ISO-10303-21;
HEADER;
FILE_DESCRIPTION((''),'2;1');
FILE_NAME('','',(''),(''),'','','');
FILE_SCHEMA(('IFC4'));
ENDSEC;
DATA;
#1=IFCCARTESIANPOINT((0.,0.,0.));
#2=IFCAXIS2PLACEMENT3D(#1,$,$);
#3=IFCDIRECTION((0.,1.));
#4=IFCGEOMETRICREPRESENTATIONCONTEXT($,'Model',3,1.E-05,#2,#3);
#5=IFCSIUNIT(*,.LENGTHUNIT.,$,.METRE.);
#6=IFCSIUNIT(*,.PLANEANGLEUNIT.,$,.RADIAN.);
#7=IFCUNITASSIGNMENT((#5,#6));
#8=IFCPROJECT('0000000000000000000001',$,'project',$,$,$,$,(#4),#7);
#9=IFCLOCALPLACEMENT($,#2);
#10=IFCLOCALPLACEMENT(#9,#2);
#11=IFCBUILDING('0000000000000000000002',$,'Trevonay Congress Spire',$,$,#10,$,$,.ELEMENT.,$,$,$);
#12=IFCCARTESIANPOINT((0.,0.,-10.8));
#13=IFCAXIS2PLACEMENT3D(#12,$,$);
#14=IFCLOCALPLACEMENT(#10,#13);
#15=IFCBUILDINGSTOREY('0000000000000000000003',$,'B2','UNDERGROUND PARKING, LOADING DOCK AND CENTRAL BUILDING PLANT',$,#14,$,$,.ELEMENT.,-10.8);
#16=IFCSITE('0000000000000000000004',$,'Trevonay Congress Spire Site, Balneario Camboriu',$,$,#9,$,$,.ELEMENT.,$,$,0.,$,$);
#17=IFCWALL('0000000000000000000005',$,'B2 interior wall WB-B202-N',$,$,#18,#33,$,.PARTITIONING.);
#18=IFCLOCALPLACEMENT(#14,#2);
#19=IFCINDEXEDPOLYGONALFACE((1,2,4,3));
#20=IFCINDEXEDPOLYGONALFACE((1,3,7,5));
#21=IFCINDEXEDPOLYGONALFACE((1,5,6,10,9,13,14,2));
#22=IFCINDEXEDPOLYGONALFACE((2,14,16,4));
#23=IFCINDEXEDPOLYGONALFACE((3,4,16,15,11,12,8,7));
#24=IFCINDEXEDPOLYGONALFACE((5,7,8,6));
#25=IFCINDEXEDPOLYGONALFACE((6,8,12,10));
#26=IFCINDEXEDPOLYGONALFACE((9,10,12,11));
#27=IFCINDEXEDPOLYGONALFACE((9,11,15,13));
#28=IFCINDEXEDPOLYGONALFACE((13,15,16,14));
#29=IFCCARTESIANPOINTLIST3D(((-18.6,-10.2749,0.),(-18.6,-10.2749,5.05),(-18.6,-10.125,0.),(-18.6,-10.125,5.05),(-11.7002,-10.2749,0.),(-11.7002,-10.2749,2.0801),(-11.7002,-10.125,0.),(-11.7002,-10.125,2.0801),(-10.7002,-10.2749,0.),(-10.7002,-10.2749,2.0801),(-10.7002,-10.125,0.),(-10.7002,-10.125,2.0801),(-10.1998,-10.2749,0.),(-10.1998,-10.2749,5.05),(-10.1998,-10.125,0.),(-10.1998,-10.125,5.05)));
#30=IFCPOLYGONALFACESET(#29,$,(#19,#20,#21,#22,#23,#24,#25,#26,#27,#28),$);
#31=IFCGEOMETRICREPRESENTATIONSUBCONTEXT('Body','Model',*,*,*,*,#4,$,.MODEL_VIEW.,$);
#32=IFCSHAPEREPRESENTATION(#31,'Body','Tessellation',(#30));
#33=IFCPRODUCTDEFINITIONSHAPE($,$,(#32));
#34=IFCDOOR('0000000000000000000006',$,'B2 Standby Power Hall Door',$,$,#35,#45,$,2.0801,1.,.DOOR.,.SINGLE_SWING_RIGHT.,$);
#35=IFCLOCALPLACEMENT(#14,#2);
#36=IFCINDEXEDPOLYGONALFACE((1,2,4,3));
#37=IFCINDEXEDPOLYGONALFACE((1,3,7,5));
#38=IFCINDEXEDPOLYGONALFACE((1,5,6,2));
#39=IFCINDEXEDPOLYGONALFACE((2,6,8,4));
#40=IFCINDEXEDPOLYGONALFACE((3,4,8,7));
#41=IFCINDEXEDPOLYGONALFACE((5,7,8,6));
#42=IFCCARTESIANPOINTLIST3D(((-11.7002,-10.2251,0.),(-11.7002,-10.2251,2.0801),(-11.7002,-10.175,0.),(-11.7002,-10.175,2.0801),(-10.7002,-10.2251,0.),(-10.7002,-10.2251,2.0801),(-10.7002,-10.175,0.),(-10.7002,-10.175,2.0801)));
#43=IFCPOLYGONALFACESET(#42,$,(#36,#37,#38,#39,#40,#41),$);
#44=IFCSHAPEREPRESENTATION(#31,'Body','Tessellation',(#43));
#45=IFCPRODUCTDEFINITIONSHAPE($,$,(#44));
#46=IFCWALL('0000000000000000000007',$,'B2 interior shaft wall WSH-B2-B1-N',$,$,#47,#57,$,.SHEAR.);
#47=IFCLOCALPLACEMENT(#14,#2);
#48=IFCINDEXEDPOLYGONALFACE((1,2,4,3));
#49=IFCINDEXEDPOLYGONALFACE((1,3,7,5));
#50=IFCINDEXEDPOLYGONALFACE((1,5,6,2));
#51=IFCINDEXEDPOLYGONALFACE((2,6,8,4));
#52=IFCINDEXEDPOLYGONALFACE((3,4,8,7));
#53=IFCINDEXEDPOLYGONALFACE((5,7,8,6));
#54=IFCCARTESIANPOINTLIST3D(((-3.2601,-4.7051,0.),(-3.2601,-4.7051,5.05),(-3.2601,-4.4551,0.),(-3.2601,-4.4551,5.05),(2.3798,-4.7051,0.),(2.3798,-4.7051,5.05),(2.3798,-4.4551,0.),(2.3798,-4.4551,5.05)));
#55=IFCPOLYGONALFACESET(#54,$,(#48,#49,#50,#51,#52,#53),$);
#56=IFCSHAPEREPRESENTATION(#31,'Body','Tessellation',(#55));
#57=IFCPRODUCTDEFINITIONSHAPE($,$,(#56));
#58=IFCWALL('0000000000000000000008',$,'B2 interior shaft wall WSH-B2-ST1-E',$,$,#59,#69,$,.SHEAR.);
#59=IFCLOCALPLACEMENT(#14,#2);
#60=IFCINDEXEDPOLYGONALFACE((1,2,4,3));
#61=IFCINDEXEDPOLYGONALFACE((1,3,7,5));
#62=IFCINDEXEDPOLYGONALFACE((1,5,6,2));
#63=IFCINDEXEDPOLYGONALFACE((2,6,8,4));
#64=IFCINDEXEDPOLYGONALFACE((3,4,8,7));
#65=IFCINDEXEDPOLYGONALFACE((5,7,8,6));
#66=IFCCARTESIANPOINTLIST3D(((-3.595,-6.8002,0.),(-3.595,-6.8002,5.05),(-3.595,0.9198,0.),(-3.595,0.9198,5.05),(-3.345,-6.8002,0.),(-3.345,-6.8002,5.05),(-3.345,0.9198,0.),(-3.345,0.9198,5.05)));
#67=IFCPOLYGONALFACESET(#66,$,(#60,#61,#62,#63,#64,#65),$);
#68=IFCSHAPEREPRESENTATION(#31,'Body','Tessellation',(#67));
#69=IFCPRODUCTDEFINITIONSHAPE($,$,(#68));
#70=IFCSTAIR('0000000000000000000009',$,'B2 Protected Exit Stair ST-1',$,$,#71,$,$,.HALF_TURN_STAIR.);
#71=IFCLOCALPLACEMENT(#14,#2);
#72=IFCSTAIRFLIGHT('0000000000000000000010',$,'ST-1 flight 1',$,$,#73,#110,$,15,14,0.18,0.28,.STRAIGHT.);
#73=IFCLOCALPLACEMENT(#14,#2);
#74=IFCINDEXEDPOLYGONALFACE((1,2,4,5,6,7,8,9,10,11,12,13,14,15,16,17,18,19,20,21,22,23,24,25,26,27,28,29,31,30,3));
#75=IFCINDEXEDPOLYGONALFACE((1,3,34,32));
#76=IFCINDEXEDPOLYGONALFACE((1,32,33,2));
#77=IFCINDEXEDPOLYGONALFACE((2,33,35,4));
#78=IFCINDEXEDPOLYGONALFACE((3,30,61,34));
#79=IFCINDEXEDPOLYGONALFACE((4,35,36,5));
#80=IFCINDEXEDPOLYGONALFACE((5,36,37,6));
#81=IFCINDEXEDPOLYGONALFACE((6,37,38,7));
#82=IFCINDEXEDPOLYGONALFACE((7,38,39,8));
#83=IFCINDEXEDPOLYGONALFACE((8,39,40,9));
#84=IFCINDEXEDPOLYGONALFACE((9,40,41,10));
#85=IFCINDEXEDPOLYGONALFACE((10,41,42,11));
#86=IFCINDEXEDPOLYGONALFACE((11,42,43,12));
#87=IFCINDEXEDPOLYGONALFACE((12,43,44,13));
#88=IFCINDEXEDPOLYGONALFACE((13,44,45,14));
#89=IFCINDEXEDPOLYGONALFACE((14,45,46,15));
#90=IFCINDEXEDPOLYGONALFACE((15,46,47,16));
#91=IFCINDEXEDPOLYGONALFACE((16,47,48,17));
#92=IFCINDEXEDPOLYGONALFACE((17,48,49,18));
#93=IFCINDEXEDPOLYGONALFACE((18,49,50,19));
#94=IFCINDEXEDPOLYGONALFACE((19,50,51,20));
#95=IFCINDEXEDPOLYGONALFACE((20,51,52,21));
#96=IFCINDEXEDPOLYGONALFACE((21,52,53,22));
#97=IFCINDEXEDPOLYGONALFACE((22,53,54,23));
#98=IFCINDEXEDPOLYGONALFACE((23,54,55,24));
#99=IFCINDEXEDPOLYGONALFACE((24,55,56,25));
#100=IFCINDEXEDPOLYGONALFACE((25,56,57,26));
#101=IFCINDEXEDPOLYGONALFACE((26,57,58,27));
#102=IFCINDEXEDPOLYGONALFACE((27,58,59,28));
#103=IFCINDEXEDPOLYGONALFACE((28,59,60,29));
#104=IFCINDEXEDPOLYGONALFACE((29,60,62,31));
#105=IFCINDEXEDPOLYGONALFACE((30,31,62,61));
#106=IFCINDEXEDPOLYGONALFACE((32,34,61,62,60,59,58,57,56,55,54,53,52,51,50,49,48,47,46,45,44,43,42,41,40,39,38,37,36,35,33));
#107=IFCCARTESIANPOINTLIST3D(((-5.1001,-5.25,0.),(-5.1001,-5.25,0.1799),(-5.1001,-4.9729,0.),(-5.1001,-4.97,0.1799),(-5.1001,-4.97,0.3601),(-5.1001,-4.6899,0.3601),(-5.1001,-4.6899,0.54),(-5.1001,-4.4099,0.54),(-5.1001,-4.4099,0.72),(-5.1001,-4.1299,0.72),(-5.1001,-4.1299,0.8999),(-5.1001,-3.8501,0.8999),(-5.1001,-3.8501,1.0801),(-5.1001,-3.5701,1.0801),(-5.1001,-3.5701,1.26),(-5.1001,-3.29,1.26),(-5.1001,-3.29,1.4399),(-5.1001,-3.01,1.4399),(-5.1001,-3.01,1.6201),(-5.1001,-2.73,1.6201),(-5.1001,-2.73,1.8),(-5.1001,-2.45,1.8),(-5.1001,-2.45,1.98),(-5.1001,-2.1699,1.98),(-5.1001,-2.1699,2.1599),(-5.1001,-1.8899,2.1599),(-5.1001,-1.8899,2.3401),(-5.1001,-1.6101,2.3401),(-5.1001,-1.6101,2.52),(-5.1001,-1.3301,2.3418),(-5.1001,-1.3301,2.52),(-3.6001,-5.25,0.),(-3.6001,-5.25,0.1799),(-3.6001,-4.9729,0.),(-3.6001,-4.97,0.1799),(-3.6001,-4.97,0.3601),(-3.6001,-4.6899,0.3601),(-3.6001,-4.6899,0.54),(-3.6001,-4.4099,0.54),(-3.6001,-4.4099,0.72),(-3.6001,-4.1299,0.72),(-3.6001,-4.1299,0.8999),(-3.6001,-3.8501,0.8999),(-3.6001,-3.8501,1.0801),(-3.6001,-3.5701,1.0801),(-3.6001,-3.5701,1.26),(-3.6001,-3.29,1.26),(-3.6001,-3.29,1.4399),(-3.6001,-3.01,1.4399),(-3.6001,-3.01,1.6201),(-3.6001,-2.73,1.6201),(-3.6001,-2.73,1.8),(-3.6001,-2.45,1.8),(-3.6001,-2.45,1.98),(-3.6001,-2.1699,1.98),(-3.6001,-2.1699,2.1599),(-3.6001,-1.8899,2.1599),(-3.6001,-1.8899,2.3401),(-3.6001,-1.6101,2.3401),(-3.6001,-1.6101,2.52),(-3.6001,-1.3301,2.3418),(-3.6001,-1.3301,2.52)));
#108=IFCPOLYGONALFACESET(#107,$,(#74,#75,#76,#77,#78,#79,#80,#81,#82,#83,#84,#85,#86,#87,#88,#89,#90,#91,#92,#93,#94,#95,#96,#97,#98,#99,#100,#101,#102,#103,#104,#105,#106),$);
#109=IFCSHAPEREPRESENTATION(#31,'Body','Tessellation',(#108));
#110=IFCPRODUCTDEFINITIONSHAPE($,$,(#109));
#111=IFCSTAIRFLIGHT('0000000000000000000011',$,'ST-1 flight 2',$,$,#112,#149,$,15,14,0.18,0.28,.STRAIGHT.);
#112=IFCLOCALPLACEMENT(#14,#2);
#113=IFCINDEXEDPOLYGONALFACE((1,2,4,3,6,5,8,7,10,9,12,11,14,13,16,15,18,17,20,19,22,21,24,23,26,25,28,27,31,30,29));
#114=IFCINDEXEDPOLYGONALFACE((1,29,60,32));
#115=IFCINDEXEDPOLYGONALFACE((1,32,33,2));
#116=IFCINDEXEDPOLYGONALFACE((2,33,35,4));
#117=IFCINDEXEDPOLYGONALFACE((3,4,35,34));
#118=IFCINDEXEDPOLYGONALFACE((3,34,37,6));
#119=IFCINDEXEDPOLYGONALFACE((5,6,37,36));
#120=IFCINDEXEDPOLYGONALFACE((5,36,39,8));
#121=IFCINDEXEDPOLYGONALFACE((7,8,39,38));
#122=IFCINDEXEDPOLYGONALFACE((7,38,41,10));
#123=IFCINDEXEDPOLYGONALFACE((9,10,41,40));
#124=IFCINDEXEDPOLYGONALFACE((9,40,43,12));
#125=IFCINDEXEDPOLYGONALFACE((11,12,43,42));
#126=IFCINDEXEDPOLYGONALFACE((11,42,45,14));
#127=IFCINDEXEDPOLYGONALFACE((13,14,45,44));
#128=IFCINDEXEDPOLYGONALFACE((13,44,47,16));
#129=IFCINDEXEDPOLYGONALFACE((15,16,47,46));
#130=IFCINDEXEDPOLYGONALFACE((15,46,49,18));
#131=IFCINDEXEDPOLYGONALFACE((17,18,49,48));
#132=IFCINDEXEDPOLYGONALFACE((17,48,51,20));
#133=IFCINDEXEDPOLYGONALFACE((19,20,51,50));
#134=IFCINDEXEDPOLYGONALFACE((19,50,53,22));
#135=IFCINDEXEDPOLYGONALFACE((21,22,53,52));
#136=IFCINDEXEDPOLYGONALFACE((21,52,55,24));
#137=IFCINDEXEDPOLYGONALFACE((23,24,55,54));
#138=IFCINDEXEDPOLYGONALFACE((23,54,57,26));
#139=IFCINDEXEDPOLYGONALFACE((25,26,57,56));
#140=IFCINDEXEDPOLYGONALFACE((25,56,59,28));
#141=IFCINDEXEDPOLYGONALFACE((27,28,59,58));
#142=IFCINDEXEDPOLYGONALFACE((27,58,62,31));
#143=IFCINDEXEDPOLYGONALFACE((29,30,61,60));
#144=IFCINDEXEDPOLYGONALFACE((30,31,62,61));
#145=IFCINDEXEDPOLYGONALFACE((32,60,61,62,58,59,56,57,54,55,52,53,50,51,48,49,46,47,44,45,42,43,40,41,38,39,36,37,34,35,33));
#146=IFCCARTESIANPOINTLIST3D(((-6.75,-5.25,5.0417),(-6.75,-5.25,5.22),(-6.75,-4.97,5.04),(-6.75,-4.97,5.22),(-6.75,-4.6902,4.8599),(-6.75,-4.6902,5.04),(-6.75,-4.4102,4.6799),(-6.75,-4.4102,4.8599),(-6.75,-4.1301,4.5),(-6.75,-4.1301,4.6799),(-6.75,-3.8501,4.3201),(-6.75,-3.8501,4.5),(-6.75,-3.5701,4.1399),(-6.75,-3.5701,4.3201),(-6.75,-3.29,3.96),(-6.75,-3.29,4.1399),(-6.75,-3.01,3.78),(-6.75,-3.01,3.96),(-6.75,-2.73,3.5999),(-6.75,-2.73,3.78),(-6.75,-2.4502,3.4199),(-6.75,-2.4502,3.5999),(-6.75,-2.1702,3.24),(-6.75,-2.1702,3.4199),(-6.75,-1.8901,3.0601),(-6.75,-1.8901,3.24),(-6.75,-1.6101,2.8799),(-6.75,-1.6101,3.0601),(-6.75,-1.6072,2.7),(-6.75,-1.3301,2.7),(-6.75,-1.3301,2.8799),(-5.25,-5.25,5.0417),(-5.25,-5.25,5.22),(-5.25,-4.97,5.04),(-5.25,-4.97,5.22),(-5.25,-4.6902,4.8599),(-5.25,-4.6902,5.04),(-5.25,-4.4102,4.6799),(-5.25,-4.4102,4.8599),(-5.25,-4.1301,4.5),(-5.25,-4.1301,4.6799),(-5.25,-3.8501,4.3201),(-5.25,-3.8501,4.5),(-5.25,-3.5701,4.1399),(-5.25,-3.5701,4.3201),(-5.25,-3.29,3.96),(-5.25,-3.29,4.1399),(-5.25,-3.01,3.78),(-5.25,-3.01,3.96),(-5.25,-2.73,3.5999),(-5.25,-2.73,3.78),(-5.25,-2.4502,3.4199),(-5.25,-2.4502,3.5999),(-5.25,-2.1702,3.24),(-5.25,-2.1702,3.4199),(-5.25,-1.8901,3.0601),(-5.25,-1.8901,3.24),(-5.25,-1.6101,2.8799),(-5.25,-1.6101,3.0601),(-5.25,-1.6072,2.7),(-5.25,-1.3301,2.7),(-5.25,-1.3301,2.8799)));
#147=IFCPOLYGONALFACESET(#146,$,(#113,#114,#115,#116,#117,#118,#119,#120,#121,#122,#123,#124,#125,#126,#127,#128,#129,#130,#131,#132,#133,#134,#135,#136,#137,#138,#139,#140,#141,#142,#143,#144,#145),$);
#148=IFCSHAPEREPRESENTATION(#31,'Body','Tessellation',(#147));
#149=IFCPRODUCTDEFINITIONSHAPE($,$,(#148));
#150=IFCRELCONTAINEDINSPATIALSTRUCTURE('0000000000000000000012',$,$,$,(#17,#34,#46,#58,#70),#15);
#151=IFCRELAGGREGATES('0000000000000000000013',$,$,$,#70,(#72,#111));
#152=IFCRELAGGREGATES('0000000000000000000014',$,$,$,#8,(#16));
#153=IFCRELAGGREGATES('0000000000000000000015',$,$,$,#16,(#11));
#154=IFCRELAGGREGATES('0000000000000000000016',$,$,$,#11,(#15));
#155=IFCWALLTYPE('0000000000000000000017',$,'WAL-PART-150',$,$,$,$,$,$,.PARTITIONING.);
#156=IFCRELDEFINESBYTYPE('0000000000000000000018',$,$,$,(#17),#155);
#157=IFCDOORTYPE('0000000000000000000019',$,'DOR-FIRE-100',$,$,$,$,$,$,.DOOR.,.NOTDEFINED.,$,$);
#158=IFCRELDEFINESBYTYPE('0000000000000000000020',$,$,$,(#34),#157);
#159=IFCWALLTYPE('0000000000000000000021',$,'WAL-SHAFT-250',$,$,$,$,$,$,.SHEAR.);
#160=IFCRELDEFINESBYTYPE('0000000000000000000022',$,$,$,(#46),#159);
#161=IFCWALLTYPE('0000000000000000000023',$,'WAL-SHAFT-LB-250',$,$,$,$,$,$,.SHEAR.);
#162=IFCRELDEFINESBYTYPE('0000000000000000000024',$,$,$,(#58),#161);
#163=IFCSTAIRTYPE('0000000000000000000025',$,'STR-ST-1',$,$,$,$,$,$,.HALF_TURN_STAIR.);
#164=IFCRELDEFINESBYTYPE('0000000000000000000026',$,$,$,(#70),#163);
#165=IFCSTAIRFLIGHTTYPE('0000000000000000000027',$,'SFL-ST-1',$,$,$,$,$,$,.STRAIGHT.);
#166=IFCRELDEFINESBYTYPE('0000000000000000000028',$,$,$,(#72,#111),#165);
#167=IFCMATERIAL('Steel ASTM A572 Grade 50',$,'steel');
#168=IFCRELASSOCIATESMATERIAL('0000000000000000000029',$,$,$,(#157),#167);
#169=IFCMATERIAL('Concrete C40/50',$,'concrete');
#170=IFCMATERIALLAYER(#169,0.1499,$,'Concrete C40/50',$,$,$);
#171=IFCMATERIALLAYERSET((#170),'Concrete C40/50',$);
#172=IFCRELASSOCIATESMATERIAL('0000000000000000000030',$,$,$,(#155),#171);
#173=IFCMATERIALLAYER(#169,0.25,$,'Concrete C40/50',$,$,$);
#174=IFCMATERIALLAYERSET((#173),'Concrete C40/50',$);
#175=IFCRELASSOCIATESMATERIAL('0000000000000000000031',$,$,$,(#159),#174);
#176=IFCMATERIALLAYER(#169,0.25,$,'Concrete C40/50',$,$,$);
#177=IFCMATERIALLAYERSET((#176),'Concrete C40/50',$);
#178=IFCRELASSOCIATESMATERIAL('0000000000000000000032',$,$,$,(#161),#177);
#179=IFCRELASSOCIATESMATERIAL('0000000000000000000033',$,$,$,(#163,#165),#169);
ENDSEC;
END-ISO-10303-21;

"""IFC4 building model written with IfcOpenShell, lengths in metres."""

from ifc_helpers import new_model, si_unit, direction, frame, frame_2d, origin, place, context, subcontext, project, spatial, polyline, rectangle, outline, extrude, material, layer, layer_set, type_object, element, fill, aggregate, save


model = new_model("IFC4")

# Units and contexts
model_context = context("Model", 3, precision=1e-05, world=origin(), true_north=direction((0.0, 1.0)))
body_context = subcontext(model_context, "Body", "Model", "MODEL_VIEW")
ifc_project = project(units=[si_unit("LENGTHUNIT", "METRE"), si_unit("PLANEANGLEUNIT", "RADIAN")], contexts=[model_context])

# Site, building, storey
site_placement = place(None, origin())
site = spatial("IfcSite", under=ifc_project, at=site_placement, Name="Trevonay Congress Spire Site, Balneario Camboriu", CompositionType="ELEMENT", RefElevation=0.0)
building_placement = place(site_placement, origin())
building = spatial("IfcBuilding", under=site, at=building_placement, Name="Trevonay Congress Spire", CompositionType="ELEMENT")
storey_placement = place(building_placement, frame((0.0, 0.0, -10.8)))
storey = spatial("IfcBuildingStorey", under=building, at=storey_placement, Name="B2", Description="UNDERGROUND PARKING, LOADING DOCK AND CENTRAL BUILDING PLANT", CompositionType="ELEMENT", Elevation=-10.8)

# Shared definitions
ifc_material_1 = material(Name="Steel ASTM A572 Grade 50", Category="steel")

# Wall, opening, door
door_type_1 = type_object("IfcDoorType", Name="DOR-FIRE-100", OperationType="NOTDEFINED", PredefinedType="DOOR", material=ifc_material_1)
ifc_material_2 = material(Name="Concrete C40/50", Category="concrete")
ifc_layer_1 = layer(ifc_material_2, 0.1499, Name="Concrete C40/50")
ifc_layer_set_1 = layer_set([ifc_layer_1], Name="Concrete C40/50")
wall_type_1 = type_object("IfcWallType", Name="WAL-PART-150", PredefinedType="PARTITIONING", material=ifc_layer_set_1)
wall_1_placement = place(storey_placement, frame((-18.6001, -10.2, 0.0), z_axis=(0.0, 0.0, 1.0), x_axis=(1.0, 0.0, 0.0)))
wall_1 = element("IfcWall", 1, at=wall_1_placement, inside=storey, type_object=wall_type_1, Name="B2 interior wall WB-B202-N", PredefinedType="PARTITIONING", context=body_context, shape_type="SweptSolid", body=[
    extrude(rectangle(XDim=8.4001, YDim=0.1499, at=frame_2d((4.2002, 0.0))), origin(), (0.0, 0.0, 1.0), 5.05),
])
opening_1_placement = place(wall_1_placement, frame((6.8999, 0.0, 0.0)))
opening_1 = element("IfcOpeningElement", 2, at=opening_1_placement, cuts=wall_1, PredefinedType="OPENING", context=body_context, shape_type="SweptSolid", body=[
    extrude(rectangle(XDim=1.0, YDim=2.0801, at=frame_2d((0.5, 1.04))), frame((0.0, 0.085, 0.0), z_axis=(0.0, -1.0, 0.0), x_axis=(1.0, 0.0, 0.0)), (0.0, 0.0, 1.0), 0.1699),
])
door_1_placement = place(opening_1_placement, origin())
door_1 = element("IfcDoor", 3, at=door_1_placement, inside=storey, type_object=door_type_1, Name="B2 Standby Power Hall Door", OperationType="SINGLE_SWING_RIGHT", OverallHeight=2.0801, OverallWidth=1.0, PredefinedType="DOOR", context=body_context, shape_type="SweptSolid", body=[
    extrude(rectangle(XDim=1.0, YDim=2.0801, at=frame_2d((0.5, 1.04))), frame((0.0, 0.0249, 0.0), z_axis=(0.0, -1.0, 0.0), x_axis=(1.0, 0.0, 0.0)), (0.0, 0.0, 1.0), 0.05),
])
fill(opening_1, door_1)

# Walls
ifc_layer_2 = layer(ifc_material_2, 0.25, Name="Concrete C40/50")
ifc_layer_set_2 = layer_set([ifc_layer_2], Name="Concrete C40/50")
wall_type_2 = type_object("IfcWallType", Name="WAL-SHAFT-250", PredefinedType="SHEAR", material=ifc_layer_set_2)
wall_2_placement = place(storey_placement, frame((-3.26, -4.5801, 0.0), z_axis=(0.0, 0.0, 1.0), x_axis=(1.0, 0.0, 0.0)))
element("IfcWall", 4, at=wall_2_placement, inside=storey, type_object=wall_type_2, Name="B2 interior shaft wall WSH-B2-B1-N", PredefinedType="SHEAR", context=body_context, shape_type="SweptSolid", body=[
    extrude(rectangle(XDim=5.6399, YDim=0.25, at=frame_2d((2.8198, 0.0))), origin(), (0.0, 0.0, 1.0), 5.05),
])
ifc_layer_3 = layer(ifc_material_2, 0.25, Name="Concrete C40/50")
ifc_layer_set_3 = layer_set([ifc_layer_3], Name="Concrete C40/50")
wall_type_3 = type_object("IfcWallType", Name="WAL-SHAFT-LB-250", PredefinedType="SHEAR", material=ifc_layer_set_3)
wall_3_placement = place(storey_placement, frame((-3.47, -6.8, 0.0), z_axis=(0.0, 0.0, 1.0), x_axis=(0.0, 1.0, 0.0)))
element("IfcWall", 5, at=wall_3_placement, inside=storey, type_object=wall_type_3, Name="B2 interior shaft wall WSH-B2-ST1-E", PredefinedType="SHEAR", context=body_context, shape_type="SweptSolid", body=[
    extrude(rectangle(XDim=7.72, YDim=0.25, at=frame_2d((3.8599, 0.0))), origin(), (0.0, 0.0, 1.0), 5.05),
])

# Stair, stair flights
stair_type = type_object("IfcStairType", Name="STR-ST-1", PredefinedType="HALF_TURN_STAIR", material=ifc_material_2)
stair_placement = place(storey_placement, origin())
stair = element("IfcStair", 6, at=stair_placement, inside=storey, type_object=stair_type, Name="B2 Protected Exit Stair ST-1", PredefinedType="HALF_TURN_STAIR")
stair_flight_type = type_object("IfcStairFlightType", Name="SFL-ST-1", PredefinedType="STRAIGHT", material=ifc_material_2)
stair_flight_1_placement = place(storey_placement, frame((-4.3501, -5.25, 0.0), z_axis=(0.0, 0.0, 1.0), x_axis=(0.0, 1.0, 0.0)))
stair_flight_1 = element("IfcStairFlight", 7, at=stair_flight_1_placement, type_object=stair_flight_type, Name="ST-1 flight 1", NumberOfRisers=15, NumberOfTreads=14, PredefinedType="STRAIGHT", RiserHeight=0.18, TreadLength=0.28, context=body_context, shape_type="SweptSolid", body=[
    extrude(outline(polyline([(0.0, 0.0), (0.0, 0.1799), (0.28, 0.1799), (0.28, 0.3601), (0.5601, 0.3601), (0.5601, 0.54), (0.8401, 0.54), (0.8401, 0.72), (1.1201, 0.72), (1.1201, 0.8999), (1.3999, 0.8999), (1.3999, 1.0801), (1.6799, 1.0801), (1.6799, 1.26), (1.96, 1.26), (1.96, 1.4399), (2.24, 1.4399), (2.24, 1.6201), (2.52, 1.6201), (2.52, 1.8), (2.8, 1.8), (2.8, 1.98), (3.0801, 1.98), (3.0801, 2.1599), (3.3601, 2.1599), (3.3601, 2.3401), (3.6399, 2.3401), (3.6399, 2.52), (3.9199, 2.52), (3.9199, 2.7), (3.9199, 2.3418), (0.2771, 0.0), (0.0, 0.0)])), frame((0.0, 0.75, 0.0), z_axis=(0.0, -1.0, 0.0), x_axis=(1.0, 0.0, 0.0)), (0.0, 0.0, 1.0), 1.5),
])
stair_flight_2_placement = place(storey_placement, frame((-6.0, -1.3301, 2.7), z_axis=(0.0, 0.0, 1.0), x_axis=(0.0, -1.0, 0.0)))
stair_flight_2 = element("IfcStairFlight", 8, at=stair_flight_2_placement, type_object=stair_flight_type, Name="ST-1 flight 2", NumberOfRisers=15, NumberOfTreads=14, PredefinedType="STRAIGHT", RiserHeight=0.18, TreadLength=0.28, context=body_context, shape_type="SweptSolid", body=[
    extrude(outline(polyline([(0.0, 0.0), (0.0, 0.1799), (0.28, 0.1799), (0.28, 0.3601), (0.5601, 0.3601), (0.5601, 0.54), (0.8401, 0.54), (0.8401, 0.72), (1.1201, 0.72), (1.1201, 0.8999), (1.3999, 0.8999), (1.3999, 1.0801), (1.6799, 1.0801), (1.6799, 1.26), (1.96, 1.26), (1.96, 1.4399), (2.24, 1.4399), (2.24, 1.6201), (2.52, 1.6201), (2.52, 1.8), (2.8, 1.8), (2.8, 1.98), (3.0801, 1.98), (3.0801, 2.1599), (3.3601, 2.1599), (3.3601, 2.3401), (3.6399, 2.3401), (3.6399, 2.52), (3.9199, 2.52), (3.9199, 2.7), (3.9199, 2.3418), (0.2771, 0.0), (0.0, 0.0)])), frame((0.0, 0.75, 0.0), z_axis=(0.0, -1.0, 0.0), x_axis=(1.0, 0.0, 0.0)), (0.0, 0.0, 1.0), 1.5),
])
aggregate(stair, [stair_flight_1, stair_flight_2])

save(model, "model.ifc")
